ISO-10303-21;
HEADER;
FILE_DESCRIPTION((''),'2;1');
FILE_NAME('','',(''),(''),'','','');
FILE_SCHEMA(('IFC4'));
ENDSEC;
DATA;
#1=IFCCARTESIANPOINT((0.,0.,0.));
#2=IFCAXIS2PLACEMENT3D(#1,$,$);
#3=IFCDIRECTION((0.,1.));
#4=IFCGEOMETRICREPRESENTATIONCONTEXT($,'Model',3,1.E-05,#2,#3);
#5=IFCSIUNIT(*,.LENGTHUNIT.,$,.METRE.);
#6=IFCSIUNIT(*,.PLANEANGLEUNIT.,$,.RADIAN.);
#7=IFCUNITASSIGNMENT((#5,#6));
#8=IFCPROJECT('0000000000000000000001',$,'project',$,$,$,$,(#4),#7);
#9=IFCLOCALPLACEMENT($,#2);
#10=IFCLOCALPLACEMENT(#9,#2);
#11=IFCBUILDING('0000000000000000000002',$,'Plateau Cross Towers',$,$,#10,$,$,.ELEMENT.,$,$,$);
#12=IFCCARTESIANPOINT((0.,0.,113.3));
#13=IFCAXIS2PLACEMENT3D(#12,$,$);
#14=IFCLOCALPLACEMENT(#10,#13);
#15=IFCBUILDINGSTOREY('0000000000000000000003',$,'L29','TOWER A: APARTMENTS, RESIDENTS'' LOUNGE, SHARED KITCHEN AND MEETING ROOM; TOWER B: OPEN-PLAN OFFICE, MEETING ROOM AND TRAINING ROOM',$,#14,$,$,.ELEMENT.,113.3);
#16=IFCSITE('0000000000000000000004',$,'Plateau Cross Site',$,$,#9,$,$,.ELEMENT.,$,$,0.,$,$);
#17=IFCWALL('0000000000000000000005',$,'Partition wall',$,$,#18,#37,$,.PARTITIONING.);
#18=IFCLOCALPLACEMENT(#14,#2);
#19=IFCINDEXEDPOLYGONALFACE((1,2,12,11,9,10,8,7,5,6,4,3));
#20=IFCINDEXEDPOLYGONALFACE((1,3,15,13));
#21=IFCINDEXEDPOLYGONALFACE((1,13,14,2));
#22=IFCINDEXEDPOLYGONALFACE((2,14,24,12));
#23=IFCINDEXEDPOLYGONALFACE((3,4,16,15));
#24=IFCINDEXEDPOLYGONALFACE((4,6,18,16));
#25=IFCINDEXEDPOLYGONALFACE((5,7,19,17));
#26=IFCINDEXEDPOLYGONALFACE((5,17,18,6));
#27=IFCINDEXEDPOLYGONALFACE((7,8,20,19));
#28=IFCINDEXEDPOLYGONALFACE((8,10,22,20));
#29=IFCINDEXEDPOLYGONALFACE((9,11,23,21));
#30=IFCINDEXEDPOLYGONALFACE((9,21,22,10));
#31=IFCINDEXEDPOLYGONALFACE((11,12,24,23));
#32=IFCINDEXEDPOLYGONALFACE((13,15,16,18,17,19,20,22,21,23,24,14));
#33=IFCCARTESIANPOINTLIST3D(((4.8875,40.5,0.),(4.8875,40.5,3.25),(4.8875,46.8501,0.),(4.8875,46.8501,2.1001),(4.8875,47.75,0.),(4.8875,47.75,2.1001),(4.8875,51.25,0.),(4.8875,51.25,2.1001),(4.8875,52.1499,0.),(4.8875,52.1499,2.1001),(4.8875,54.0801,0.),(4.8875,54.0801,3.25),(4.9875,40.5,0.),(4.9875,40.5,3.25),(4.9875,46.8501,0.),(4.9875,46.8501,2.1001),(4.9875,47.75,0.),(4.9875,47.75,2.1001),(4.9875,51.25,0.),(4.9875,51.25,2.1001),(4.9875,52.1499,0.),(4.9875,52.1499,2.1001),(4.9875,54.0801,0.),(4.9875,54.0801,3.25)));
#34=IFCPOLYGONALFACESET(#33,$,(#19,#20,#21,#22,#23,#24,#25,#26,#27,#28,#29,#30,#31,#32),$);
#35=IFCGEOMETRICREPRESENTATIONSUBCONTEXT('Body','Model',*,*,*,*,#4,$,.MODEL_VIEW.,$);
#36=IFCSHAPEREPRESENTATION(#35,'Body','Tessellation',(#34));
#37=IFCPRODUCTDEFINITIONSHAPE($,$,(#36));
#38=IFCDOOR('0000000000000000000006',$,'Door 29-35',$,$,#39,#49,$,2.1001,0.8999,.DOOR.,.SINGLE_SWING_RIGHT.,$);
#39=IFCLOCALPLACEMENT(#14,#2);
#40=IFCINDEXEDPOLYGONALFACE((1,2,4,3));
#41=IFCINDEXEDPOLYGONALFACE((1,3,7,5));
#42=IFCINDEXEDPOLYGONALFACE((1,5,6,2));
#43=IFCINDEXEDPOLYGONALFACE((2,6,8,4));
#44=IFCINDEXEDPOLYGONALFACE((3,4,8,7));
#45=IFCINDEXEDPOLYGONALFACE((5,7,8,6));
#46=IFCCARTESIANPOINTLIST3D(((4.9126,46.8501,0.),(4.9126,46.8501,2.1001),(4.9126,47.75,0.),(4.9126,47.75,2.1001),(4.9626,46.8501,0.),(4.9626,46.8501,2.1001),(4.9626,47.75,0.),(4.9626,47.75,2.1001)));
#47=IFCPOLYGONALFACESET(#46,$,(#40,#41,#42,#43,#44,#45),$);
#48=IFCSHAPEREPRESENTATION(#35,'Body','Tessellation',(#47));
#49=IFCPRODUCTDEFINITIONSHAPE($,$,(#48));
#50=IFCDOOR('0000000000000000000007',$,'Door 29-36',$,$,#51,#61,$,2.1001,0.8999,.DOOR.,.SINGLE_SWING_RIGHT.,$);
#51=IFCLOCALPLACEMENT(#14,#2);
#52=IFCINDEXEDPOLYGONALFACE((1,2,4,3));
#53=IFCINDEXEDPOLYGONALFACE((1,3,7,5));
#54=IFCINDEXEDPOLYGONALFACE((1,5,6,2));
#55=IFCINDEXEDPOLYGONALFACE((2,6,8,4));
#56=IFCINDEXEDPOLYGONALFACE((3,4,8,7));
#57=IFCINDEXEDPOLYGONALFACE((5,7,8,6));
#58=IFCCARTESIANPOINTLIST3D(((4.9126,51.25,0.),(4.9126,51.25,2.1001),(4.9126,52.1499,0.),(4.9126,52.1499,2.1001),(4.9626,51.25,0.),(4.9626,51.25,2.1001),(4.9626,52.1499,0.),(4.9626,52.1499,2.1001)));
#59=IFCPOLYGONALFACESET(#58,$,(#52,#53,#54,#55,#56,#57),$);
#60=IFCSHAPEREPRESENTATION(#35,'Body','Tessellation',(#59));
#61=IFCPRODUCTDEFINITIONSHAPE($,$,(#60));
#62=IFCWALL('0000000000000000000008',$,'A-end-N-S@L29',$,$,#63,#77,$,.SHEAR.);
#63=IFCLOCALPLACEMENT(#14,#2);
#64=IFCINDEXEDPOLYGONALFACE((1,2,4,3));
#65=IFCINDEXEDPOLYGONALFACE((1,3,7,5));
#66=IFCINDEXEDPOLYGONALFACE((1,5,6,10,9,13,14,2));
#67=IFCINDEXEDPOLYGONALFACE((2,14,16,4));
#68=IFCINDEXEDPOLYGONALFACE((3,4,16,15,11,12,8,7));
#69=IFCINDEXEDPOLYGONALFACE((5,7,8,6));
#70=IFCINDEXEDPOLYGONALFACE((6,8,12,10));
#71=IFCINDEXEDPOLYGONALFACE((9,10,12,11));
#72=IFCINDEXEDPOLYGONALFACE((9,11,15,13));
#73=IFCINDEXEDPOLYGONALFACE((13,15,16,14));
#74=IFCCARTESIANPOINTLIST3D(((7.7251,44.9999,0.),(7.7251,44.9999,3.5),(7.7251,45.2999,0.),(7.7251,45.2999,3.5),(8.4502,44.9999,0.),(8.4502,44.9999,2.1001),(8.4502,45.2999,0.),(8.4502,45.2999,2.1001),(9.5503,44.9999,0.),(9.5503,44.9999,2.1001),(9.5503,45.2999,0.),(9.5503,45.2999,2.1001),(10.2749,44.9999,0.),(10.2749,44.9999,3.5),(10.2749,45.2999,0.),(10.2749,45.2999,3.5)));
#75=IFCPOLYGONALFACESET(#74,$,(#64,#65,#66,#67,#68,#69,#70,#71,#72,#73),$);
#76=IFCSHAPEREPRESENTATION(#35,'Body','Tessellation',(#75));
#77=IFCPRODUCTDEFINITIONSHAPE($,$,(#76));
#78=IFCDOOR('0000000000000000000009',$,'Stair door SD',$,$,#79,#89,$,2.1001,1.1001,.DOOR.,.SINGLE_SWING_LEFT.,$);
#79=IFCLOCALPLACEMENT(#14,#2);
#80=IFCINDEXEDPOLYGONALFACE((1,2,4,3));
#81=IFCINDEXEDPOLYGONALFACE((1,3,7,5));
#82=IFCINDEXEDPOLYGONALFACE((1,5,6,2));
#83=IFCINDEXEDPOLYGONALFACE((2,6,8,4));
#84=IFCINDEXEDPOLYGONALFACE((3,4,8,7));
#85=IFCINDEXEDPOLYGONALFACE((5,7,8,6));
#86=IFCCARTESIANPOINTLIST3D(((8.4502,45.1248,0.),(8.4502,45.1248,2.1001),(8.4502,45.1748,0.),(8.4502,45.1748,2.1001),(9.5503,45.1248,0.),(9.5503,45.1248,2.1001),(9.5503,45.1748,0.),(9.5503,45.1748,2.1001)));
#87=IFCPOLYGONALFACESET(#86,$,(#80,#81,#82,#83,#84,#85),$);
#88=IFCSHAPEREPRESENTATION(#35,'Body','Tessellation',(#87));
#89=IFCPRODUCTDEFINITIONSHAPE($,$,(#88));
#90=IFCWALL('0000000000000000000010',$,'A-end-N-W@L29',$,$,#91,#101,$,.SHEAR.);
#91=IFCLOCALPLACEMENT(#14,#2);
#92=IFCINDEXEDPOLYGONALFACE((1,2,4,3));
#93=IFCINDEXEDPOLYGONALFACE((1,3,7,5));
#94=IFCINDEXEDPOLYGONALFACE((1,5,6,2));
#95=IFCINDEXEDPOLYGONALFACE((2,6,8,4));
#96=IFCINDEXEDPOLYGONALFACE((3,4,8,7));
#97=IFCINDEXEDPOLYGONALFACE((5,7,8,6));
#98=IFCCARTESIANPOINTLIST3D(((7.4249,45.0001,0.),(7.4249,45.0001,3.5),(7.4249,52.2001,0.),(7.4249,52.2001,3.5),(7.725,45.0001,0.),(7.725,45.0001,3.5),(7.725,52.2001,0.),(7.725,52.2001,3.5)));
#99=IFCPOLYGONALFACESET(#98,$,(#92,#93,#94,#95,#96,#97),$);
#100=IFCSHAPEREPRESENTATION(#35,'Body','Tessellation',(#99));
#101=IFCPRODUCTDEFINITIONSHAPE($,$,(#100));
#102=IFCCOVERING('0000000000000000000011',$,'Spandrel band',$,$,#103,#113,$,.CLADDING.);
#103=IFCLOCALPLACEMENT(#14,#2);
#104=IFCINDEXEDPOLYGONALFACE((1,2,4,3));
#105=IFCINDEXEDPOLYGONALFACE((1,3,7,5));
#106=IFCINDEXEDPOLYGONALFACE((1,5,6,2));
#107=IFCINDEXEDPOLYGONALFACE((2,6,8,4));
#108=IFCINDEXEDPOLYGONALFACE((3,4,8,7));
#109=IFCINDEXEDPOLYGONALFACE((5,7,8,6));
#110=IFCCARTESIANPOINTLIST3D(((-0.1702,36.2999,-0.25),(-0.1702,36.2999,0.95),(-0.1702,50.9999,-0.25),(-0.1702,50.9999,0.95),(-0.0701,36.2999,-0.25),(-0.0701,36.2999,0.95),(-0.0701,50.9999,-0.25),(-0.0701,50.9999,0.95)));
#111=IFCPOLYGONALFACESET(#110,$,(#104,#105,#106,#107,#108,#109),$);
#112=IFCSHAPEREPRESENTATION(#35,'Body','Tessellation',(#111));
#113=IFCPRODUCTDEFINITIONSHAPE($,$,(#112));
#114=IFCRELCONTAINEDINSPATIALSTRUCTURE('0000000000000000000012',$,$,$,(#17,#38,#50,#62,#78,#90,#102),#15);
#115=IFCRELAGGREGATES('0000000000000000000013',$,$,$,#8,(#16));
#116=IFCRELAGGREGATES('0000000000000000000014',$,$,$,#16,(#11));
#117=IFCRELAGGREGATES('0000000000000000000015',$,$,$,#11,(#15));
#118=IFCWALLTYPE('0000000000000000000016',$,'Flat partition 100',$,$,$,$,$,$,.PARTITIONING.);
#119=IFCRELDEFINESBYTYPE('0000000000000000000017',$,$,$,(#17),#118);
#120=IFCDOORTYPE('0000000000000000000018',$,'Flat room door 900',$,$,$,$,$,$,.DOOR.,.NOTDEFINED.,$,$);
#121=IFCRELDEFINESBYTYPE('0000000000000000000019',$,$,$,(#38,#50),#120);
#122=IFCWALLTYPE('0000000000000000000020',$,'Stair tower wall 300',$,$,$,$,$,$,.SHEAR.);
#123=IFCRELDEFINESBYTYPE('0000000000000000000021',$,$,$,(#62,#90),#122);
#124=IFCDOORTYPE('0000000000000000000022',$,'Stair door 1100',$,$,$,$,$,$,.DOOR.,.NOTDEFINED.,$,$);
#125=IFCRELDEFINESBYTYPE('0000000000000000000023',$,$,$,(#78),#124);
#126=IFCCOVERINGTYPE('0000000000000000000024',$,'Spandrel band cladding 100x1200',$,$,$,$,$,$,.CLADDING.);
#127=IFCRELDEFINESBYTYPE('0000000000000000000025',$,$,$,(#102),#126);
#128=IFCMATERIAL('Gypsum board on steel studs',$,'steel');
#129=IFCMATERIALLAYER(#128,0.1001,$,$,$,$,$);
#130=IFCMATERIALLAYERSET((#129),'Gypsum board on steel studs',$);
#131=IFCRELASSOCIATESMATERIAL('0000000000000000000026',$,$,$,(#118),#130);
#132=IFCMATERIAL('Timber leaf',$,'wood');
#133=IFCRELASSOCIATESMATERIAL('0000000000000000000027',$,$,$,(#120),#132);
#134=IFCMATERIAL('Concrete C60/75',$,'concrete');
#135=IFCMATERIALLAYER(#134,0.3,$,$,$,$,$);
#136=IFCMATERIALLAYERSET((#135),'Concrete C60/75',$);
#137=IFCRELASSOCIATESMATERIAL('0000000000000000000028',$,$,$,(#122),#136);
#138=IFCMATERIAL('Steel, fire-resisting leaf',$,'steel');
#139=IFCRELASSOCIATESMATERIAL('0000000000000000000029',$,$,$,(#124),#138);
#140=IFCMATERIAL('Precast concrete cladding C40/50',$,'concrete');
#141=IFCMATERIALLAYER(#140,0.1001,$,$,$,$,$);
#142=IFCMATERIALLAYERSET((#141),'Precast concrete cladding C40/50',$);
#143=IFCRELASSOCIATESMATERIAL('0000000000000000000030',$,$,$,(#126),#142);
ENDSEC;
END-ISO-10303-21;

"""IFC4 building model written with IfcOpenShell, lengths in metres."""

from ifc_helpers import new_model, si_unit, direction, frame, frame_2d, origin, origin_2d, place, context, subcontext, project, spatial, rectangle, extrude, material, layer, layer_set, type_object, element, fill, save


model = new_model("IFC4")

# Units and contexts
model_context = context("Model", 3, precision=1e-05, world=origin(), true_north=direction((0.0, 1.0)))
body_context = subcontext(model_context, "Body", "Model", "MODEL_VIEW")
ifc_project = project(units=[si_unit("LENGTHUNIT", "METRE"), si_unit("PLANEANGLEUNIT", "RADIAN")], contexts=[model_context])

# Site, building, storey
site_placement = place(None, origin())
site = spatial("IfcSite", under=ifc_project, at=site_placement, Name="Plateau Cross Site", CompositionType="ELEMENT", RefElevation=0.0)
building_placement = place(site_placement, origin())
building = spatial("IfcBuilding", under=site, at=building_placement, Name="Plateau Cross Towers", CompositionType="ELEMENT")
storey_placement = place(building_placement, frame((0.0, 0.0, 113.3)))
storey = spatial("IfcBuildingStorey", under=building, at=storey_placement, Name="L29", Description="TOWER A: APARTMENTS, RESIDENTS' LOUNGE, SHARED KITCHEN AND MEETING ROOM; TOWER B: OPEN-PLAN OFFICE, MEETING ROOM AND TRAINING ROOM", CompositionType="ELEMENT", Elevation=113.3)

# Shared definitions
ifc_material_1 = material(Name="Gypsum board on steel studs", Category="steel")
ifc_layer_1 = layer(ifc_material_1, 0.1001)
ifc_layer_set_1 = layer_set([ifc_layer_1], Name="Gypsum board on steel studs")
wall_type_1 = type_object("IfcWallType", Name="Flat partition 100", PredefinedType="PARTITIONING", material=ifc_layer_set_1)
ifc_material_2 = material(Name="Timber leaf", Category="wood")
door_type_1 = type_object("IfcDoorType", Name="Flat room door 900", OperationType="NOTDEFINED", PredefinedType="DOOR", material=ifc_material_2)

# Wall, openings, doors
wall_1_placement = place(storey_placement, frame((4.9375, 40.5, 0.0), z_axis=(0.0, 0.0, 1.0), x_axis=(0.0, 1.0, 0.0)))
wall_1 = element("IfcWall", 1, at=wall_1_placement, inside=storey, type_object=wall_type_1, Name="Partition wall", PredefinedType="PARTITIONING", context=body_context, shape_type="SweptSolid", body=[
    extrude(rectangle(XDim=13.5801, YDim=0.1001, at=frame_2d((6.79, 0.0))), origin(), (0.0, 0.0, 1.0), 3.25),
])
opening_1_placement = place(wall_1_placement, frame((6.3501, 0.0, 0.0)))
opening_1 = element("IfcOpeningElement", 2, at=opening_1_placement, cuts=wall_1, PredefinedType="OPENING", context=body_context, shape_type="SweptSolid", body=[
    extrude(rectangle(XDim=0.8999, YDim=2.1001, at=frame_2d((0.45, 1.05))), frame((0.0, 0.0601, 0.0), z_axis=(0.0, -1.0, 0.0), x_axis=(1.0, 0.0, 0.0)), (0.0, 0.0, 1.0), 0.1201),
])
opening_2_placement = place(wall_1_placement, frame((10.75, 0.0, 0.0)))
opening_2 = element("IfcOpeningElement", 3, at=opening_2_placement, cuts=wall_1, PredefinedType="OPENING", context=body_context, shape_type="SweptSolid", body=[
    extrude(rectangle(XDim=0.8999, YDim=2.1001, at=frame_2d((0.45, 1.05))), frame((0.0, 0.0601, 0.0), z_axis=(0.0, -1.0, 0.0), x_axis=(1.0, 0.0, 0.0)), (0.0, 0.0, 1.0), 0.1201),
])
door_1_placement = place(opening_1_placement, origin())
door_1 = element("IfcDoor", 4, at=door_1_placement, inside=storey, type_object=door_type_1, Name="Door 29-35", OperationType="SINGLE_SWING_RIGHT", OverallHeight=2.1001, OverallWidth=0.8999, PredefinedType="DOOR", context=body_context, shape_type="SweptSolid", body=[
    extrude(rectangle(XDim=0.8999, YDim=2.1001, at=frame_2d((0.45, 1.05))), frame((0.0, 0.0249, 0.0), z_axis=(0.0, -1.0, 0.0), x_axis=(1.0, 0.0, 0.0)), (0.0, 0.0, 1.0), 0.05),
])
fill(opening_1, door_1)
door_2_placement = place(opening_2_placement, origin())
door_2 = element("IfcDoor", 5, at=door_2_placement, inside=storey, type_object=door_type_1, Name="Door 29-36", OperationType="SINGLE_SWING_RIGHT", OverallHeight=2.1001, OverallWidth=0.8999, PredefinedType="DOOR", context=body_context, shape_type="SweptSolid", body=[
    extrude(rectangle(XDim=0.8999, YDim=2.1001, at=frame_2d((0.45, 1.05))), frame((0.0, 0.0249, 0.0), z_axis=(0.0, -1.0, 0.0), x_axis=(1.0, 0.0, 0.0)), (0.0, 0.0, 1.0), 0.05),
])
fill(opening_2, door_2)

# Wall, opening, door
ifc_material_3 = material(Name="Concrete C60/75", Category="concrete")
ifc_layer_2 = layer(ifc_material_3, 0.3)
ifc_layer_set_2 = layer_set([ifc_layer_2], Name="Concrete C60/75")
wall_type_2 = type_object("IfcWallType", Name="Stair tower wall 300", PredefinedType="SHEAR", material=ifc_layer_set_2)
wall_2_placement = place(storey_placement, frame((7.7251, 45.1499, 0.0), z_axis=(0.0, 0.0, 1.0), x_axis=(1.0, 0.0, 0.0)))
wall_2 = element("IfcWall", 6, at=wall_2_placement, inside=storey, type_object=wall_type_2, Name="A-end-N-S@L29", PredefinedType="SHEAR", context=body_context, shape_type="SweptSolid", body=[
    extrude(rectangle(XDim=2.5498, YDim=0.3, at=frame_2d((1.2749, 0.0))), origin(), (0.0, 0.0, 1.0), 3.5),
])
opening_3_placement = place(wall_2_placement, frame((0.7251, 0.0, 0.0)))
opening_3 = element("IfcOpeningElement", 7, at=opening_3_placement, cuts=wall_2, PredefinedType="OPENING", context=body_context, shape_type="SweptSolid", body=[
    extrude(rectangle(XDim=1.1001, YDim=2.1001, at=frame_2d((0.55, 1.05))), frame((0.0, 0.1599, 0.0), z_axis=(0.0, -1.0, 0.0), x_axis=(1.0, 0.0, 0.0)), (0.0, 0.0, 1.0), 0.3201),
])
ifc_material_4 = material(Name="Steel, fire-resisting leaf", Category="steel")
door_type_2 = type_object("IfcDoorType", Name="Stair door 1100", OperationType="NOTDEFINED", PredefinedType="DOOR", material=ifc_material_4)
door_3_placement = place(opening_3_placement, origin())
door_3 = element("IfcDoor", 8, at=door_3_placement, inside=storey, type_object=door_type_2, Name="Stair door SD", OperationType="SINGLE_SWING_LEFT", OverallHeight=2.1001, OverallWidth=1.1001, PredefinedType="DOOR", context=body_context, shape_type="SweptSolid", body=[
    extrude(rectangle(XDim=1.1001, YDim=2.1001, at=frame_2d((0.55, 1.05))), frame((0.0, 0.0249, 0.0), z_axis=(0.0, -1.0, 0.0), x_axis=(1.0, 0.0, 0.0)), (0.0, 0.0, 1.0), 0.05),
])
fill(opening_3, door_3)

# Wall
wall_3_placement = place(storey_placement, frame((7.575, 45.0, 0.0), z_axis=(0.0, 0.0, 1.0), x_axis=(0.0, 1.0, 0.0)))
element("IfcWall", 9, at=wall_3_placement, inside=storey, type_object=wall_type_2, Name="A-end-N-W@L29", PredefinedType="SHEAR", context=body_context, shape_type="SweptSolid", body=[
    extrude(rectangle(XDim=7.2, YDim=0.3, at=frame_2d((3.6001, 0.0))), origin(), (0.0, 0.0, 1.0), 3.5),
])

# Covering
ifc_material_5 = material(Name="Precast concrete cladding C40/50", Category="concrete")
ifc_layer_3 = layer(ifc_material_5, 0.1001)
ifc_layer_set_3 = layer_set([ifc_layer_3], Name="Precast concrete cladding C40/50")
covering_type = type_object("IfcCoveringType", Name="Spandrel band cladding 100x1200", PredefinedType="CLADDING", material=ifc_layer_set_3)
covering_placement = place(storey_placement, frame((-0.1201, 43.6499, -0.25), z_axis=(0.0, 0.0, 1.0), x_axis=(0.0, -1.0, 0.0)))
element("IfcCovering", 10, at=covering_placement, inside=storey, type_object=covering_type, Name="Spandrel band", PredefinedType="CLADDING", context=body_context, shape_type="SweptSolid", body=[
    extrude(rectangle(XDim=14.7, YDim=0.1001, at=origin_2d()), origin(), (0.0, 0.0, 1.0), 1.2),
])

save(model, "model.ifc")
